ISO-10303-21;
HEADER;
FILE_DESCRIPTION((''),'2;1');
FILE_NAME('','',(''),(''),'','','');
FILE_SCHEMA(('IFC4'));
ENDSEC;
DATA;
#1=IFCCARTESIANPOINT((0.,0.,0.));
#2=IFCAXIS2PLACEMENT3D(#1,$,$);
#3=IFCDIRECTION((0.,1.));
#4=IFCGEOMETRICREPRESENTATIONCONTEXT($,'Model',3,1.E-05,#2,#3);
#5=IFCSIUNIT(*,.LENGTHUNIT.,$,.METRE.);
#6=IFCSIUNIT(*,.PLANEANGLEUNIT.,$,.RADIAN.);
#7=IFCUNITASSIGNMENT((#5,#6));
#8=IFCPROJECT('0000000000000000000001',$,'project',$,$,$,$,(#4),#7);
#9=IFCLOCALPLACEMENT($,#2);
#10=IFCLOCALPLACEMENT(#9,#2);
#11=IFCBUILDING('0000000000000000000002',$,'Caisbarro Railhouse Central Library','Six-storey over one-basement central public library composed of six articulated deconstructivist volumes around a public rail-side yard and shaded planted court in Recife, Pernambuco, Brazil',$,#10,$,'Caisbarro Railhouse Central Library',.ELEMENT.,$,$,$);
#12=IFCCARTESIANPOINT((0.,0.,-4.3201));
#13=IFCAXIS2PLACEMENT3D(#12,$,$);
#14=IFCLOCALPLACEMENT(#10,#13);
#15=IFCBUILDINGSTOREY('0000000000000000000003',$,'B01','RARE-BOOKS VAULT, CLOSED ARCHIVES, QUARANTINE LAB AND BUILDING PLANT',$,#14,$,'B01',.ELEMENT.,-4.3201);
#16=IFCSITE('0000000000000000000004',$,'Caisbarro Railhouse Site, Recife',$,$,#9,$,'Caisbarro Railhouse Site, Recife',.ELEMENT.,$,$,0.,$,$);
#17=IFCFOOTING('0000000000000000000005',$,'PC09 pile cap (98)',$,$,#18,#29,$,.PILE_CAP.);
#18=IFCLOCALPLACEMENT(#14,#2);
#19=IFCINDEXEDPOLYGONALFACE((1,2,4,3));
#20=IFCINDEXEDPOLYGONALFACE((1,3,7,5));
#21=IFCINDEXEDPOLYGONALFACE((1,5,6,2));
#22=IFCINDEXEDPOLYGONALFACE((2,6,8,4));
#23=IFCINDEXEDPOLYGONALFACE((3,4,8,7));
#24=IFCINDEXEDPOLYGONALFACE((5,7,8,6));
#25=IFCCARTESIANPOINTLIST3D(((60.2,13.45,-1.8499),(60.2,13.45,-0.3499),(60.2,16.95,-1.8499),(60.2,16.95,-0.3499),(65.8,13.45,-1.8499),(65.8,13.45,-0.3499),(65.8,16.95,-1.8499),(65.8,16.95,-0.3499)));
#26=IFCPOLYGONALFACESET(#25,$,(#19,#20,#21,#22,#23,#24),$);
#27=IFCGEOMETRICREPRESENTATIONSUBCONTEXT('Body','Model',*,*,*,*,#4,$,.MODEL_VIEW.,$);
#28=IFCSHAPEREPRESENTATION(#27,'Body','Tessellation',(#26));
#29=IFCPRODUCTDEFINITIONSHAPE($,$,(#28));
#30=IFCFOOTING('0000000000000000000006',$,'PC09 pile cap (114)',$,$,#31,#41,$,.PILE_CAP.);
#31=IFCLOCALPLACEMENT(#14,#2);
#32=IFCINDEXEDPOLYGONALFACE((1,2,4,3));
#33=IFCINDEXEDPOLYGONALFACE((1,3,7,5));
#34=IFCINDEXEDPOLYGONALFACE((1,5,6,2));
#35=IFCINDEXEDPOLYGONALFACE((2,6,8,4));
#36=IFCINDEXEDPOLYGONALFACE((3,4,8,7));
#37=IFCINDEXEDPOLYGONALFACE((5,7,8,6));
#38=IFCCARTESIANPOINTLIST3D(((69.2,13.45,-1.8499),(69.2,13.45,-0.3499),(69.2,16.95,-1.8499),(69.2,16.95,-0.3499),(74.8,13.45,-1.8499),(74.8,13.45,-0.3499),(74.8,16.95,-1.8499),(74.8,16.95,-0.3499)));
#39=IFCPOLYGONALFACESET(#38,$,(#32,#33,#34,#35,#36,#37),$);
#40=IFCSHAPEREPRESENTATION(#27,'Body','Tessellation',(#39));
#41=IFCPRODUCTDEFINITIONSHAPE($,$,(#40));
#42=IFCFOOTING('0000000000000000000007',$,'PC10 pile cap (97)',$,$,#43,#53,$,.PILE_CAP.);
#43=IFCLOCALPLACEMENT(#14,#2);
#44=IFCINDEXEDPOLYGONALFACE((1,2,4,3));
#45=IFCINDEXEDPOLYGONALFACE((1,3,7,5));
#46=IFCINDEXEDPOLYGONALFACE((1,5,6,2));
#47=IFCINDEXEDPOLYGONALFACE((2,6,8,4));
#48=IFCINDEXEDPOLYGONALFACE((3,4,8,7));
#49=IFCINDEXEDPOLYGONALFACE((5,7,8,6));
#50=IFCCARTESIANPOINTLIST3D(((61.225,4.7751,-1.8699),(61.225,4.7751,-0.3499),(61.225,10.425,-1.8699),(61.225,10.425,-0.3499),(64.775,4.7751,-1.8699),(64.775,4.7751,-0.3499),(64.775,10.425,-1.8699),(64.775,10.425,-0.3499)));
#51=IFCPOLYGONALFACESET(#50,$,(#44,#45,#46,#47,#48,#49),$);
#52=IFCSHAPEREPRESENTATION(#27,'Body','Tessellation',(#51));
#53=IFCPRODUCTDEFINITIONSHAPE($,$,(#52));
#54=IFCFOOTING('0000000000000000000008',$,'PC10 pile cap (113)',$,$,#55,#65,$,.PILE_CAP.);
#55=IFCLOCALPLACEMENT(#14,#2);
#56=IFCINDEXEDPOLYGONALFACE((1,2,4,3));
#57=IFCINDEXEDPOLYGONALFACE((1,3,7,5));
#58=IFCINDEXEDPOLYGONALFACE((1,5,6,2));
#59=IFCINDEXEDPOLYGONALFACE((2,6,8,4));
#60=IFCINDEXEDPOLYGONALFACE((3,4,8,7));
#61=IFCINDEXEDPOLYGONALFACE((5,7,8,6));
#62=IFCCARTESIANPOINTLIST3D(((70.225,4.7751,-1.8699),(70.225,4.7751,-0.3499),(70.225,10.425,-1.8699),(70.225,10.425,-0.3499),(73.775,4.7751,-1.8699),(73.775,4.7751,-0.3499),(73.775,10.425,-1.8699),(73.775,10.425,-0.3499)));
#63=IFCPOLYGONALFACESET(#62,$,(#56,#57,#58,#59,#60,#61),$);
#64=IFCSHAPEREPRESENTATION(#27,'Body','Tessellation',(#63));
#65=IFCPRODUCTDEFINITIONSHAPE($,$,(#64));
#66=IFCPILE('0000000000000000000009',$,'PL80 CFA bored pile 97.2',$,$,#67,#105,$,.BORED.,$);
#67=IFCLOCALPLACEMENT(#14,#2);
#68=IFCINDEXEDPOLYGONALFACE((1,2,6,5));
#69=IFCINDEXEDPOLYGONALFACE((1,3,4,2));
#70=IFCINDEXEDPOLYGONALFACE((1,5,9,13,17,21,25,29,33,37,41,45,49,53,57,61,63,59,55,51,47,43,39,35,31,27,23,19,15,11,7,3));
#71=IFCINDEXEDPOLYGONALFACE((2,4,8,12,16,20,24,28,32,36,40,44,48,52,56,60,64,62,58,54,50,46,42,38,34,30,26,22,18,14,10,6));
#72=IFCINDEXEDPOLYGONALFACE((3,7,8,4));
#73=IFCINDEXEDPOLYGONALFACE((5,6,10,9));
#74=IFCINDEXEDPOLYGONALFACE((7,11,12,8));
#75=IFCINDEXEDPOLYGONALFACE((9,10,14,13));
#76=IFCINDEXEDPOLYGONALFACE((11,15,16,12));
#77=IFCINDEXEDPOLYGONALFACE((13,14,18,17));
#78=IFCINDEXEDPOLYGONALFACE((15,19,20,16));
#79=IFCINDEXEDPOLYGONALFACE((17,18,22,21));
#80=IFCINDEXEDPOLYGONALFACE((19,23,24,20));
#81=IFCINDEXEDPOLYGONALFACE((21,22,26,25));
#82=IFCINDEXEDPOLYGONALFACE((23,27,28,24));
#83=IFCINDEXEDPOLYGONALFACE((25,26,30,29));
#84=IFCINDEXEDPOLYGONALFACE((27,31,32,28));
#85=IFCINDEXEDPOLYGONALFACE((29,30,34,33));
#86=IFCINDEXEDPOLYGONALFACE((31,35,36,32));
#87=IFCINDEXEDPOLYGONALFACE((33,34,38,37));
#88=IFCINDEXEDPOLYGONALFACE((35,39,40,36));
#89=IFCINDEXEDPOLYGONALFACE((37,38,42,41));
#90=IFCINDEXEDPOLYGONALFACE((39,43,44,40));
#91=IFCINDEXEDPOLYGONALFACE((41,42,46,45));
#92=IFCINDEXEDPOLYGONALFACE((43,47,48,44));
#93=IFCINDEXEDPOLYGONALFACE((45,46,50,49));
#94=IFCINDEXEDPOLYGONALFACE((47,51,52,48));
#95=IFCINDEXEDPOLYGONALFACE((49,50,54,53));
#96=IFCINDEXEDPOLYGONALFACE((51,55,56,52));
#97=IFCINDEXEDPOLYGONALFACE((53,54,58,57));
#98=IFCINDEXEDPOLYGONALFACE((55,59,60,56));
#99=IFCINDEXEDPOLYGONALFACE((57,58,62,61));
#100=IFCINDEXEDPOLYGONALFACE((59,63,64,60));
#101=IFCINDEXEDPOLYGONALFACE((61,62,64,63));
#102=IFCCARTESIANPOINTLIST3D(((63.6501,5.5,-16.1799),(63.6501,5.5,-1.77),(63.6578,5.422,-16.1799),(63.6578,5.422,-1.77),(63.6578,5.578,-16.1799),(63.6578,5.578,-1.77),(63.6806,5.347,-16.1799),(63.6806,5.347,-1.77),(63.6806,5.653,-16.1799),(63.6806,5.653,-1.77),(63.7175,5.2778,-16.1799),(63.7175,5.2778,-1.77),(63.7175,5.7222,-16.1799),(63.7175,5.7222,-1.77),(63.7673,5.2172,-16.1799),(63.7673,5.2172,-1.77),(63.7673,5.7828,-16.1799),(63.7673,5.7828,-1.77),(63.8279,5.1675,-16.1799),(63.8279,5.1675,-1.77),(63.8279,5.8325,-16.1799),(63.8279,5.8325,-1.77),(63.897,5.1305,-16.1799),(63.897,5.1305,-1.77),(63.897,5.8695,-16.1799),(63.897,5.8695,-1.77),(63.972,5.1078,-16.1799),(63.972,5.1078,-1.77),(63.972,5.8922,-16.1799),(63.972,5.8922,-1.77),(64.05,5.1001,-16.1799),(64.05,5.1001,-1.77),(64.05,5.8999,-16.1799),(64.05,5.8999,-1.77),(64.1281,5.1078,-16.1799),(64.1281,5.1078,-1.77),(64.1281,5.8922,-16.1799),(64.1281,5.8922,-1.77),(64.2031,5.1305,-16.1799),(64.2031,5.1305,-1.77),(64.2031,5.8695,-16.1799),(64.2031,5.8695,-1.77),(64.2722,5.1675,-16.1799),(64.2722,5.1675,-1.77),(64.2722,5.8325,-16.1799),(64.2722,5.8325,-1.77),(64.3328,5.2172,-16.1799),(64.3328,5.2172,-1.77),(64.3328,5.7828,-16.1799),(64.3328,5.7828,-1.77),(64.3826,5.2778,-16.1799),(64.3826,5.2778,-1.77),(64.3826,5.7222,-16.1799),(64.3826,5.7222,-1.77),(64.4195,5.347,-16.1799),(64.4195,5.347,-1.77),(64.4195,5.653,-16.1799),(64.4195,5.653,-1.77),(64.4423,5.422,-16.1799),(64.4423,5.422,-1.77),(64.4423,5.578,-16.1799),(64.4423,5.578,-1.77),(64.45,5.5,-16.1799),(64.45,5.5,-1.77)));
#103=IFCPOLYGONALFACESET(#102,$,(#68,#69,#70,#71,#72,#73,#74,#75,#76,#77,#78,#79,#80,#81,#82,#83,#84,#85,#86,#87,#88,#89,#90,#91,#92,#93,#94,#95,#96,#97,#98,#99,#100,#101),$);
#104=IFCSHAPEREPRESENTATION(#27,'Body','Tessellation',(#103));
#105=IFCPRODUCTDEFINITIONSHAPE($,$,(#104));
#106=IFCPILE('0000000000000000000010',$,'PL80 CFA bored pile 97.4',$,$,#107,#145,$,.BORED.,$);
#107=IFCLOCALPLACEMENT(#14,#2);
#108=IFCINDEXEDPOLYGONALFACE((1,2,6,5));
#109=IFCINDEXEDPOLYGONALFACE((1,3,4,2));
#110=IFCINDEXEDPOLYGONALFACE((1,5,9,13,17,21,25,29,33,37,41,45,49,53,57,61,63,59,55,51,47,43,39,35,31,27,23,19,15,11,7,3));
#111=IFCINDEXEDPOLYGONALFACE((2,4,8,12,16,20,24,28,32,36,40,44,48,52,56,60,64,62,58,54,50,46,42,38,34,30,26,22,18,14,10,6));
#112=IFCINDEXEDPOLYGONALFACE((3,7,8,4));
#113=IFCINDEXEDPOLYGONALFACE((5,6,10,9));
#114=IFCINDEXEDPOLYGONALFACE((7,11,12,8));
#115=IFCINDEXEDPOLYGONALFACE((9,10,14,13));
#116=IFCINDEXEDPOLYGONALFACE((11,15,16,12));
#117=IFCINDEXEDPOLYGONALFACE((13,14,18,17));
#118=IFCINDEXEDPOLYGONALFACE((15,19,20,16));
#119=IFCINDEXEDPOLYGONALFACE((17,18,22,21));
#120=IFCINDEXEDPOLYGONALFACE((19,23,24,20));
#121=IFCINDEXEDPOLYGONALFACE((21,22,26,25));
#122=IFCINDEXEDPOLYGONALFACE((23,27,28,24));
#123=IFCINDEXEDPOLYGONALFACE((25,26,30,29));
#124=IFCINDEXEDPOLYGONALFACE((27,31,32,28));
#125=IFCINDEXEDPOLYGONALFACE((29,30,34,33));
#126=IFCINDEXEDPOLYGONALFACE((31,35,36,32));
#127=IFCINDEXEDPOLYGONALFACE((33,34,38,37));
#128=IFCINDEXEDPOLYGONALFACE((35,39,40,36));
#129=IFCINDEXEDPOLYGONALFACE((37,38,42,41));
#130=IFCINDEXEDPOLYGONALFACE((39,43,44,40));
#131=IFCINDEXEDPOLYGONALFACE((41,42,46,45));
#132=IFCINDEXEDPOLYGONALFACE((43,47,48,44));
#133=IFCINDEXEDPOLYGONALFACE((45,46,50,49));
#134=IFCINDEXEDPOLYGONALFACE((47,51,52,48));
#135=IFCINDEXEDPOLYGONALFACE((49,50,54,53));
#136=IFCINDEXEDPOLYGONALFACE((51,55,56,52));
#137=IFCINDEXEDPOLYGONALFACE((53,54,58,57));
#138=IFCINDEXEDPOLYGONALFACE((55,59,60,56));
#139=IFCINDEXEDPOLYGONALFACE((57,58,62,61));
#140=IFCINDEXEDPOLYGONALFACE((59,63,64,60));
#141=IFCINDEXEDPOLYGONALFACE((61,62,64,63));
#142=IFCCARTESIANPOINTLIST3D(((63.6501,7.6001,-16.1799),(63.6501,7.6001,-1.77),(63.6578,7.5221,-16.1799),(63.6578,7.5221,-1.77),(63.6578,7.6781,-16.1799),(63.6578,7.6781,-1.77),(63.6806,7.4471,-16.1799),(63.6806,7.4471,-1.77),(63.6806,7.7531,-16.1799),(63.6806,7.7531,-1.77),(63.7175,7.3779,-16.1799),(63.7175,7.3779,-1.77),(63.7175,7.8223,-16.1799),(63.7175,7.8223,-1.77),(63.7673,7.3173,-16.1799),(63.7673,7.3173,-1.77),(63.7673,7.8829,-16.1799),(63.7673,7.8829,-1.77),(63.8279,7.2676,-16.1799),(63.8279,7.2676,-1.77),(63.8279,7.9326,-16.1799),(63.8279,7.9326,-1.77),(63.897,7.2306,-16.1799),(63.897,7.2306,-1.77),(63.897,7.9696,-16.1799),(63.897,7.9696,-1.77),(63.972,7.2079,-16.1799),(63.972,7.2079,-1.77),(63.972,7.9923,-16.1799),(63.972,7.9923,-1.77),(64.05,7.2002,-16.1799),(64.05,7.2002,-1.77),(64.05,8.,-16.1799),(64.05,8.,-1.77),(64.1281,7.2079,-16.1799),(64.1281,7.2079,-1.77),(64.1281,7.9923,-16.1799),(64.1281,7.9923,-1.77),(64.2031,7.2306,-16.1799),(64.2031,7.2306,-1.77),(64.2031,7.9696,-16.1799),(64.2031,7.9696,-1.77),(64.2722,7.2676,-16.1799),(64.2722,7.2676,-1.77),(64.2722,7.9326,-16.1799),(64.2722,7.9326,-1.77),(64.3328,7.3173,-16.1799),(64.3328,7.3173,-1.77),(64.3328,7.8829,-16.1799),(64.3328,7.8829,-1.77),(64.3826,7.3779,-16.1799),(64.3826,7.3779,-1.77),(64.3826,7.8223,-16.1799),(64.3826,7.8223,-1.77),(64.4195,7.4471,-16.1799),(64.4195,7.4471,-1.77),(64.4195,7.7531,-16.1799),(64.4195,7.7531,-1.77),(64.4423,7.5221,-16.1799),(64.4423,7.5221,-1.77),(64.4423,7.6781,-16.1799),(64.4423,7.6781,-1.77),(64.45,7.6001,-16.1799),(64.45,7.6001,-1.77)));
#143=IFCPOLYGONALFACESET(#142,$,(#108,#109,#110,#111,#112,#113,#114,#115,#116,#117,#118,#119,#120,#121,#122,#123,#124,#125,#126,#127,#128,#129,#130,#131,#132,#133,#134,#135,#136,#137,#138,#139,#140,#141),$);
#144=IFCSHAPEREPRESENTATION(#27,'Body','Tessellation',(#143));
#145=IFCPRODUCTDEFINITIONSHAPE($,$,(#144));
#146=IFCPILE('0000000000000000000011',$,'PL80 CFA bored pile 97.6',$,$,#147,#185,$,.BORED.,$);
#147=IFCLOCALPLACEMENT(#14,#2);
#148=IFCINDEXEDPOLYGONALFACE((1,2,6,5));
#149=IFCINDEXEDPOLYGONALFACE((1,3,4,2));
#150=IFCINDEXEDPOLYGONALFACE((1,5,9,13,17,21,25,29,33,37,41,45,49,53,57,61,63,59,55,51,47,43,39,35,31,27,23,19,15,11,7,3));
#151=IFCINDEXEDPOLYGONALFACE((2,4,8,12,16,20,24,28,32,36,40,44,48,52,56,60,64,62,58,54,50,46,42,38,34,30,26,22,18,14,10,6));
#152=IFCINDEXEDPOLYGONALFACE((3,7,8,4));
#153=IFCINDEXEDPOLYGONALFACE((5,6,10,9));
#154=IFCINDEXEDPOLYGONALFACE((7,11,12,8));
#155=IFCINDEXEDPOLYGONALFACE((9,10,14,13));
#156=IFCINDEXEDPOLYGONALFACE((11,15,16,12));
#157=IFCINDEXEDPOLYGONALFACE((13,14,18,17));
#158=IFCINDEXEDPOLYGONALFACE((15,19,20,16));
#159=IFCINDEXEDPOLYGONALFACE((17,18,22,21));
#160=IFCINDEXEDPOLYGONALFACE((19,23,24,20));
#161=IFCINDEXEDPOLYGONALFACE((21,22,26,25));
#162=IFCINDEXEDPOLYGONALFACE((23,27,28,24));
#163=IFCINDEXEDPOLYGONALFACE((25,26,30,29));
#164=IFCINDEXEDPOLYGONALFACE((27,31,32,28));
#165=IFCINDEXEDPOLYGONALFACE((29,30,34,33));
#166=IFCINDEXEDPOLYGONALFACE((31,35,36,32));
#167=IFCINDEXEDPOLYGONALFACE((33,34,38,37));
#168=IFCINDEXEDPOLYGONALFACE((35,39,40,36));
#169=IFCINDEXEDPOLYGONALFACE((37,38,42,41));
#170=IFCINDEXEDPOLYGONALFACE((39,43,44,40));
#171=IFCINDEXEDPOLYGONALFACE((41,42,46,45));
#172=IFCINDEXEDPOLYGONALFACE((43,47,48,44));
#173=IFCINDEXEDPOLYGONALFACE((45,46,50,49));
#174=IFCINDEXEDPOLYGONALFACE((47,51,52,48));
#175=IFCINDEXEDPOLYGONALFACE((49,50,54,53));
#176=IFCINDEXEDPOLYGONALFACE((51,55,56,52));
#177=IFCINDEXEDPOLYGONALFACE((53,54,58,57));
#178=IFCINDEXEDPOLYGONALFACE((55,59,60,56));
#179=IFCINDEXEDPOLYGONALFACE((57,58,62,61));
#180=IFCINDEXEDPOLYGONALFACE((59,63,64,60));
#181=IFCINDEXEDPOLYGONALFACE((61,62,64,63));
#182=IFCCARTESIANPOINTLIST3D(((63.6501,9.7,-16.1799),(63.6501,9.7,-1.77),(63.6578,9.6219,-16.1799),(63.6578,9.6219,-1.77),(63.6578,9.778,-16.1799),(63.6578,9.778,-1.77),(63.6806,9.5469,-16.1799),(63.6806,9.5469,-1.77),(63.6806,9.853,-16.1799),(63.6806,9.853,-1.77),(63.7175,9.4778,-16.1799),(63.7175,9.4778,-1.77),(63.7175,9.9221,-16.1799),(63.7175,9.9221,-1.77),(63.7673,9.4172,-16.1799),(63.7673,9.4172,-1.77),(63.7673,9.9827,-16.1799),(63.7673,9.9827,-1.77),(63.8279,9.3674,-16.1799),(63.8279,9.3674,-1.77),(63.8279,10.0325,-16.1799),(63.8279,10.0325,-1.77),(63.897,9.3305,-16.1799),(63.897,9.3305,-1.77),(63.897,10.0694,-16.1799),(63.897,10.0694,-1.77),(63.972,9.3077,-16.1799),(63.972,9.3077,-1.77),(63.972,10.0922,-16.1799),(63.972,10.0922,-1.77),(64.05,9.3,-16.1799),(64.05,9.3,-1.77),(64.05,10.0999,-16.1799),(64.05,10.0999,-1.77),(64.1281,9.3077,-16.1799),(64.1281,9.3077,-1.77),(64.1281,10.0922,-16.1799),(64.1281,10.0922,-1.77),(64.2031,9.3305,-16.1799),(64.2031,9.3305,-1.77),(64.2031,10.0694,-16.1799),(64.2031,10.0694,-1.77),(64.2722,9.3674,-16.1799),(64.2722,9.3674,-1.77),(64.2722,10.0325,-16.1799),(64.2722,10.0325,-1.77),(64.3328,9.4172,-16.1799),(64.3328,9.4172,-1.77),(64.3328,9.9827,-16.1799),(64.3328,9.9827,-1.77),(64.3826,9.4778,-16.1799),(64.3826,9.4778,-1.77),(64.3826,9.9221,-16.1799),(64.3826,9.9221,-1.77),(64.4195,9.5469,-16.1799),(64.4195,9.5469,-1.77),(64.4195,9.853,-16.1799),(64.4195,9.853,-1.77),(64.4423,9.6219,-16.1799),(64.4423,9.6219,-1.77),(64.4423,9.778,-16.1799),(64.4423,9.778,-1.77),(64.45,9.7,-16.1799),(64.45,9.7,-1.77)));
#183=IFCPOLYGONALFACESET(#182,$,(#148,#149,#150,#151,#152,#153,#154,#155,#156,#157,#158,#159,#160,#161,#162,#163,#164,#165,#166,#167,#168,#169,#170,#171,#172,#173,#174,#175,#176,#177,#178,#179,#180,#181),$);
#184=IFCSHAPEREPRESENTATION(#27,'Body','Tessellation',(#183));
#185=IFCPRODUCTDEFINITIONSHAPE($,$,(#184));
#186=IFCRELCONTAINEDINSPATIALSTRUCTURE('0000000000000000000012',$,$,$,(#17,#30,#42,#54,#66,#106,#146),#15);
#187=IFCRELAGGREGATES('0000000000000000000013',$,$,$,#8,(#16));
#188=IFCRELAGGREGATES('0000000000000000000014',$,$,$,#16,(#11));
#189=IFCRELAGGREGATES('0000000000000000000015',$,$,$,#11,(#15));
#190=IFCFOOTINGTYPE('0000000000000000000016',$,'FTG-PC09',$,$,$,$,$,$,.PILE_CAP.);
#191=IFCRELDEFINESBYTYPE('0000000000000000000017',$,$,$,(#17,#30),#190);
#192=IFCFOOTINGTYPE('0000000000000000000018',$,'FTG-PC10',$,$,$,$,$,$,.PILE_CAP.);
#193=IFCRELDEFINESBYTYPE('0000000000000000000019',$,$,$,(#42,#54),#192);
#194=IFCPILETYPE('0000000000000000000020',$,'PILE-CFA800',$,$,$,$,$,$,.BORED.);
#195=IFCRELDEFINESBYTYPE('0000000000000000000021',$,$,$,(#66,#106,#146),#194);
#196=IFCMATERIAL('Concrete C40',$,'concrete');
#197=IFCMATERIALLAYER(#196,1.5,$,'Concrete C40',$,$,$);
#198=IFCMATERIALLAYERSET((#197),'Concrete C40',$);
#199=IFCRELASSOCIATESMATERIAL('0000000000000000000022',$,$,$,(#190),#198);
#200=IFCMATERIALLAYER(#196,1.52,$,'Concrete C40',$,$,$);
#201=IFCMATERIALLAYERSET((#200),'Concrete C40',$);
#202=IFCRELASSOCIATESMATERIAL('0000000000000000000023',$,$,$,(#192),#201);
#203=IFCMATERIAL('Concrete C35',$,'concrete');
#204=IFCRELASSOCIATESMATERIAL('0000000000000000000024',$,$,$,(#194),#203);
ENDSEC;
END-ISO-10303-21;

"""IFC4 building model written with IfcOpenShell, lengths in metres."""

from ifc_helpers import new_model, si_unit, direction, frame, origin, origin_2d, place, context, subcontext, project, spatial, rectangle, circle, extrude, material, layer, layer_set, material_profile, profile_set, type_object, element, save


model = new_model("IFC4")

# Units and contexts
model_context = context("Model", 3, precision=1e-05, world=origin(), true_north=direction((0.0, 1.0)))
body_context = subcontext(model_context, "Body", "Model", "MODEL_VIEW")
ifc_project = project(units=[si_unit("LENGTHUNIT", "METRE"), si_unit("PLANEANGLEUNIT", "RADIAN")], contexts=[model_context])

# Site, building, storey
site_placement = place(None, origin())
site = spatial("IfcSite", under=ifc_project, at=site_placement, Name="Caisbarro Railhouse Site, Recife", LongName="Caisbarro Railhouse Site, Recife", CompositionType="ELEMENT", RefElevation=0.0)
building_placement = place(site_placement, origin())
building = spatial("IfcBuilding", under=site, at=building_placement, Name="Caisbarro Railhouse Central Library", Description="Six-storey over one-basement central public library composed of six articulated deconstructivist volumes around a public rail-side yard and shaded planted court in Recife, Pernambuco, Brazil", LongName="Caisbarro Railhouse Central Library", CompositionType="ELEMENT")
storey_placement = place(building_placement, frame((0.0, 0.0, -4.3201)))
storey = spatial("IfcBuildingStorey", under=building, at=storey_placement, Name="B01", Description="RARE-BOOKS VAULT, CLOSED ARCHIVES, QUARANTINE LAB AND BUILDING PLANT", LongName="B01", CompositionType="ELEMENT", Elevation=-4.3201)

# Footings
ifc_material_1 = material(Name="Concrete C40", Category="concrete")
ifc_layer_1 = layer(ifc_material_1, 1.5, Name="Concrete C40")
ifc_layer_set_1 = layer_set([ifc_layer_1], Name="Concrete C40")
footing_type_1 = type_object("IfcFootingType", Name="FTG-PC09", PredefinedType="PILE_CAP", material=ifc_layer_set_1)
for number, where, z_axis, x_axis, name in (
    (1, (63.0, 15.2, -1.8499), (0.0, 0.0, 1.0), (1.0, 0.0, 0.0), "PC09 pile cap (98)"),
    (2, (72.0, 15.2, -1.8499), (0.0, 0.0, 1.0), (1.0, 0.0, 0.0), "PC09 pile cap (114)"),
):
    element("IfcFooting", number, at=place(storey_placement, frame(where, z_axis=z_axis, x_axis=x_axis)), inside=storey, type_object=footing_type_1, Name=name, PredefinedType="PILE_CAP", context=body_context, shape_type="SweptSolid", body=[
        extrude(rectangle(XDim=5.6001, YDim=3.5, at=origin_2d()), origin(), (0.0, 0.0, 1.0), 1.5),
    ])
ifc_layer_2 = layer(ifc_material_1, 1.52, Name="Concrete C40")
ifc_layer_set_2 = layer_set([ifc_layer_2], Name="Concrete C40")
footing_type_2 = type_object("IfcFootingType", Name="FTG-PC10", PredefinedType="PILE_CAP", material=ifc_layer_set_2)
for number, where, z_axis, x_axis, name in (
    (3, (63.0, 7.6001, -1.8699), (0.0, 0.0, 1.0), (1.0, 0.0, 0.0), "PC10 pile cap (97)"),
    (4, (72.0, 7.6001, -1.8699), (0.0, 0.0, 1.0), (1.0, 0.0, 0.0), "PC10 pile cap (113)"),
):
    element("IfcFooting", number, at=place(storey_placement, frame(where, z_axis=z_axis, x_axis=x_axis)), inside=storey, type_object=footing_type_2, Name=name, PredefinedType="PILE_CAP", context=body_context, shape_type="SweptSolid", body=[
        extrude(rectangle(XDim=3.55, YDim=5.6499, at=origin_2d()), origin(), (0.0, 0.0, 1.0), 1.52),
    ])

# Piles
ifc_material_2 = material(Name="Concrete C35", Category="concrete")
ifc_material_profile_1 = material_profile(ifc_material_2, circle(Radius=0.3999, at=origin_2d()), Name="PILE-CFA-800")
ifc_profile_set_1 = profile_set([ifc_material_profile_1], Name="Concrete C35")
pile_type = type_object("IfcPileType", Name="PILE-CFA800", PredefinedType="BORED", material=ifc_profile_set_1)
for number, where, z_axis, x_axis, name in (
    (5, (64.05, 5.5, -1.77), (0.0, 0.0, -1.0), (1.0, 0.0, 0.0), "PL80 CFA bored pile 97.2"),
    (6, (64.05, 7.6001, -1.77), (0.0, 0.0, -1.0), (1.0, 0.0, 0.0), "PL80 CFA bored pile 97.4"),
    (7, (64.05, 9.7, -1.77), (0.0, 0.0, -1.0), (1.0, 0.0, 0.0), "PL80 CFA bored pile 97.6"),
):
    element("IfcPile", number, at=place(storey_placement, frame(where, z_axis=z_axis, x_axis=x_axis)), inside=storey, type_object=pile_type, Name=name, PredefinedType="BORED", context=body_context, shape_type="SweptSolid", body=[
        extrude(circle(Radius=0.3999, at=origin_2d()), origin(), (0.0, 0.0, 1.0), 14.4099),
    ])

save(model, "model.ifc")
